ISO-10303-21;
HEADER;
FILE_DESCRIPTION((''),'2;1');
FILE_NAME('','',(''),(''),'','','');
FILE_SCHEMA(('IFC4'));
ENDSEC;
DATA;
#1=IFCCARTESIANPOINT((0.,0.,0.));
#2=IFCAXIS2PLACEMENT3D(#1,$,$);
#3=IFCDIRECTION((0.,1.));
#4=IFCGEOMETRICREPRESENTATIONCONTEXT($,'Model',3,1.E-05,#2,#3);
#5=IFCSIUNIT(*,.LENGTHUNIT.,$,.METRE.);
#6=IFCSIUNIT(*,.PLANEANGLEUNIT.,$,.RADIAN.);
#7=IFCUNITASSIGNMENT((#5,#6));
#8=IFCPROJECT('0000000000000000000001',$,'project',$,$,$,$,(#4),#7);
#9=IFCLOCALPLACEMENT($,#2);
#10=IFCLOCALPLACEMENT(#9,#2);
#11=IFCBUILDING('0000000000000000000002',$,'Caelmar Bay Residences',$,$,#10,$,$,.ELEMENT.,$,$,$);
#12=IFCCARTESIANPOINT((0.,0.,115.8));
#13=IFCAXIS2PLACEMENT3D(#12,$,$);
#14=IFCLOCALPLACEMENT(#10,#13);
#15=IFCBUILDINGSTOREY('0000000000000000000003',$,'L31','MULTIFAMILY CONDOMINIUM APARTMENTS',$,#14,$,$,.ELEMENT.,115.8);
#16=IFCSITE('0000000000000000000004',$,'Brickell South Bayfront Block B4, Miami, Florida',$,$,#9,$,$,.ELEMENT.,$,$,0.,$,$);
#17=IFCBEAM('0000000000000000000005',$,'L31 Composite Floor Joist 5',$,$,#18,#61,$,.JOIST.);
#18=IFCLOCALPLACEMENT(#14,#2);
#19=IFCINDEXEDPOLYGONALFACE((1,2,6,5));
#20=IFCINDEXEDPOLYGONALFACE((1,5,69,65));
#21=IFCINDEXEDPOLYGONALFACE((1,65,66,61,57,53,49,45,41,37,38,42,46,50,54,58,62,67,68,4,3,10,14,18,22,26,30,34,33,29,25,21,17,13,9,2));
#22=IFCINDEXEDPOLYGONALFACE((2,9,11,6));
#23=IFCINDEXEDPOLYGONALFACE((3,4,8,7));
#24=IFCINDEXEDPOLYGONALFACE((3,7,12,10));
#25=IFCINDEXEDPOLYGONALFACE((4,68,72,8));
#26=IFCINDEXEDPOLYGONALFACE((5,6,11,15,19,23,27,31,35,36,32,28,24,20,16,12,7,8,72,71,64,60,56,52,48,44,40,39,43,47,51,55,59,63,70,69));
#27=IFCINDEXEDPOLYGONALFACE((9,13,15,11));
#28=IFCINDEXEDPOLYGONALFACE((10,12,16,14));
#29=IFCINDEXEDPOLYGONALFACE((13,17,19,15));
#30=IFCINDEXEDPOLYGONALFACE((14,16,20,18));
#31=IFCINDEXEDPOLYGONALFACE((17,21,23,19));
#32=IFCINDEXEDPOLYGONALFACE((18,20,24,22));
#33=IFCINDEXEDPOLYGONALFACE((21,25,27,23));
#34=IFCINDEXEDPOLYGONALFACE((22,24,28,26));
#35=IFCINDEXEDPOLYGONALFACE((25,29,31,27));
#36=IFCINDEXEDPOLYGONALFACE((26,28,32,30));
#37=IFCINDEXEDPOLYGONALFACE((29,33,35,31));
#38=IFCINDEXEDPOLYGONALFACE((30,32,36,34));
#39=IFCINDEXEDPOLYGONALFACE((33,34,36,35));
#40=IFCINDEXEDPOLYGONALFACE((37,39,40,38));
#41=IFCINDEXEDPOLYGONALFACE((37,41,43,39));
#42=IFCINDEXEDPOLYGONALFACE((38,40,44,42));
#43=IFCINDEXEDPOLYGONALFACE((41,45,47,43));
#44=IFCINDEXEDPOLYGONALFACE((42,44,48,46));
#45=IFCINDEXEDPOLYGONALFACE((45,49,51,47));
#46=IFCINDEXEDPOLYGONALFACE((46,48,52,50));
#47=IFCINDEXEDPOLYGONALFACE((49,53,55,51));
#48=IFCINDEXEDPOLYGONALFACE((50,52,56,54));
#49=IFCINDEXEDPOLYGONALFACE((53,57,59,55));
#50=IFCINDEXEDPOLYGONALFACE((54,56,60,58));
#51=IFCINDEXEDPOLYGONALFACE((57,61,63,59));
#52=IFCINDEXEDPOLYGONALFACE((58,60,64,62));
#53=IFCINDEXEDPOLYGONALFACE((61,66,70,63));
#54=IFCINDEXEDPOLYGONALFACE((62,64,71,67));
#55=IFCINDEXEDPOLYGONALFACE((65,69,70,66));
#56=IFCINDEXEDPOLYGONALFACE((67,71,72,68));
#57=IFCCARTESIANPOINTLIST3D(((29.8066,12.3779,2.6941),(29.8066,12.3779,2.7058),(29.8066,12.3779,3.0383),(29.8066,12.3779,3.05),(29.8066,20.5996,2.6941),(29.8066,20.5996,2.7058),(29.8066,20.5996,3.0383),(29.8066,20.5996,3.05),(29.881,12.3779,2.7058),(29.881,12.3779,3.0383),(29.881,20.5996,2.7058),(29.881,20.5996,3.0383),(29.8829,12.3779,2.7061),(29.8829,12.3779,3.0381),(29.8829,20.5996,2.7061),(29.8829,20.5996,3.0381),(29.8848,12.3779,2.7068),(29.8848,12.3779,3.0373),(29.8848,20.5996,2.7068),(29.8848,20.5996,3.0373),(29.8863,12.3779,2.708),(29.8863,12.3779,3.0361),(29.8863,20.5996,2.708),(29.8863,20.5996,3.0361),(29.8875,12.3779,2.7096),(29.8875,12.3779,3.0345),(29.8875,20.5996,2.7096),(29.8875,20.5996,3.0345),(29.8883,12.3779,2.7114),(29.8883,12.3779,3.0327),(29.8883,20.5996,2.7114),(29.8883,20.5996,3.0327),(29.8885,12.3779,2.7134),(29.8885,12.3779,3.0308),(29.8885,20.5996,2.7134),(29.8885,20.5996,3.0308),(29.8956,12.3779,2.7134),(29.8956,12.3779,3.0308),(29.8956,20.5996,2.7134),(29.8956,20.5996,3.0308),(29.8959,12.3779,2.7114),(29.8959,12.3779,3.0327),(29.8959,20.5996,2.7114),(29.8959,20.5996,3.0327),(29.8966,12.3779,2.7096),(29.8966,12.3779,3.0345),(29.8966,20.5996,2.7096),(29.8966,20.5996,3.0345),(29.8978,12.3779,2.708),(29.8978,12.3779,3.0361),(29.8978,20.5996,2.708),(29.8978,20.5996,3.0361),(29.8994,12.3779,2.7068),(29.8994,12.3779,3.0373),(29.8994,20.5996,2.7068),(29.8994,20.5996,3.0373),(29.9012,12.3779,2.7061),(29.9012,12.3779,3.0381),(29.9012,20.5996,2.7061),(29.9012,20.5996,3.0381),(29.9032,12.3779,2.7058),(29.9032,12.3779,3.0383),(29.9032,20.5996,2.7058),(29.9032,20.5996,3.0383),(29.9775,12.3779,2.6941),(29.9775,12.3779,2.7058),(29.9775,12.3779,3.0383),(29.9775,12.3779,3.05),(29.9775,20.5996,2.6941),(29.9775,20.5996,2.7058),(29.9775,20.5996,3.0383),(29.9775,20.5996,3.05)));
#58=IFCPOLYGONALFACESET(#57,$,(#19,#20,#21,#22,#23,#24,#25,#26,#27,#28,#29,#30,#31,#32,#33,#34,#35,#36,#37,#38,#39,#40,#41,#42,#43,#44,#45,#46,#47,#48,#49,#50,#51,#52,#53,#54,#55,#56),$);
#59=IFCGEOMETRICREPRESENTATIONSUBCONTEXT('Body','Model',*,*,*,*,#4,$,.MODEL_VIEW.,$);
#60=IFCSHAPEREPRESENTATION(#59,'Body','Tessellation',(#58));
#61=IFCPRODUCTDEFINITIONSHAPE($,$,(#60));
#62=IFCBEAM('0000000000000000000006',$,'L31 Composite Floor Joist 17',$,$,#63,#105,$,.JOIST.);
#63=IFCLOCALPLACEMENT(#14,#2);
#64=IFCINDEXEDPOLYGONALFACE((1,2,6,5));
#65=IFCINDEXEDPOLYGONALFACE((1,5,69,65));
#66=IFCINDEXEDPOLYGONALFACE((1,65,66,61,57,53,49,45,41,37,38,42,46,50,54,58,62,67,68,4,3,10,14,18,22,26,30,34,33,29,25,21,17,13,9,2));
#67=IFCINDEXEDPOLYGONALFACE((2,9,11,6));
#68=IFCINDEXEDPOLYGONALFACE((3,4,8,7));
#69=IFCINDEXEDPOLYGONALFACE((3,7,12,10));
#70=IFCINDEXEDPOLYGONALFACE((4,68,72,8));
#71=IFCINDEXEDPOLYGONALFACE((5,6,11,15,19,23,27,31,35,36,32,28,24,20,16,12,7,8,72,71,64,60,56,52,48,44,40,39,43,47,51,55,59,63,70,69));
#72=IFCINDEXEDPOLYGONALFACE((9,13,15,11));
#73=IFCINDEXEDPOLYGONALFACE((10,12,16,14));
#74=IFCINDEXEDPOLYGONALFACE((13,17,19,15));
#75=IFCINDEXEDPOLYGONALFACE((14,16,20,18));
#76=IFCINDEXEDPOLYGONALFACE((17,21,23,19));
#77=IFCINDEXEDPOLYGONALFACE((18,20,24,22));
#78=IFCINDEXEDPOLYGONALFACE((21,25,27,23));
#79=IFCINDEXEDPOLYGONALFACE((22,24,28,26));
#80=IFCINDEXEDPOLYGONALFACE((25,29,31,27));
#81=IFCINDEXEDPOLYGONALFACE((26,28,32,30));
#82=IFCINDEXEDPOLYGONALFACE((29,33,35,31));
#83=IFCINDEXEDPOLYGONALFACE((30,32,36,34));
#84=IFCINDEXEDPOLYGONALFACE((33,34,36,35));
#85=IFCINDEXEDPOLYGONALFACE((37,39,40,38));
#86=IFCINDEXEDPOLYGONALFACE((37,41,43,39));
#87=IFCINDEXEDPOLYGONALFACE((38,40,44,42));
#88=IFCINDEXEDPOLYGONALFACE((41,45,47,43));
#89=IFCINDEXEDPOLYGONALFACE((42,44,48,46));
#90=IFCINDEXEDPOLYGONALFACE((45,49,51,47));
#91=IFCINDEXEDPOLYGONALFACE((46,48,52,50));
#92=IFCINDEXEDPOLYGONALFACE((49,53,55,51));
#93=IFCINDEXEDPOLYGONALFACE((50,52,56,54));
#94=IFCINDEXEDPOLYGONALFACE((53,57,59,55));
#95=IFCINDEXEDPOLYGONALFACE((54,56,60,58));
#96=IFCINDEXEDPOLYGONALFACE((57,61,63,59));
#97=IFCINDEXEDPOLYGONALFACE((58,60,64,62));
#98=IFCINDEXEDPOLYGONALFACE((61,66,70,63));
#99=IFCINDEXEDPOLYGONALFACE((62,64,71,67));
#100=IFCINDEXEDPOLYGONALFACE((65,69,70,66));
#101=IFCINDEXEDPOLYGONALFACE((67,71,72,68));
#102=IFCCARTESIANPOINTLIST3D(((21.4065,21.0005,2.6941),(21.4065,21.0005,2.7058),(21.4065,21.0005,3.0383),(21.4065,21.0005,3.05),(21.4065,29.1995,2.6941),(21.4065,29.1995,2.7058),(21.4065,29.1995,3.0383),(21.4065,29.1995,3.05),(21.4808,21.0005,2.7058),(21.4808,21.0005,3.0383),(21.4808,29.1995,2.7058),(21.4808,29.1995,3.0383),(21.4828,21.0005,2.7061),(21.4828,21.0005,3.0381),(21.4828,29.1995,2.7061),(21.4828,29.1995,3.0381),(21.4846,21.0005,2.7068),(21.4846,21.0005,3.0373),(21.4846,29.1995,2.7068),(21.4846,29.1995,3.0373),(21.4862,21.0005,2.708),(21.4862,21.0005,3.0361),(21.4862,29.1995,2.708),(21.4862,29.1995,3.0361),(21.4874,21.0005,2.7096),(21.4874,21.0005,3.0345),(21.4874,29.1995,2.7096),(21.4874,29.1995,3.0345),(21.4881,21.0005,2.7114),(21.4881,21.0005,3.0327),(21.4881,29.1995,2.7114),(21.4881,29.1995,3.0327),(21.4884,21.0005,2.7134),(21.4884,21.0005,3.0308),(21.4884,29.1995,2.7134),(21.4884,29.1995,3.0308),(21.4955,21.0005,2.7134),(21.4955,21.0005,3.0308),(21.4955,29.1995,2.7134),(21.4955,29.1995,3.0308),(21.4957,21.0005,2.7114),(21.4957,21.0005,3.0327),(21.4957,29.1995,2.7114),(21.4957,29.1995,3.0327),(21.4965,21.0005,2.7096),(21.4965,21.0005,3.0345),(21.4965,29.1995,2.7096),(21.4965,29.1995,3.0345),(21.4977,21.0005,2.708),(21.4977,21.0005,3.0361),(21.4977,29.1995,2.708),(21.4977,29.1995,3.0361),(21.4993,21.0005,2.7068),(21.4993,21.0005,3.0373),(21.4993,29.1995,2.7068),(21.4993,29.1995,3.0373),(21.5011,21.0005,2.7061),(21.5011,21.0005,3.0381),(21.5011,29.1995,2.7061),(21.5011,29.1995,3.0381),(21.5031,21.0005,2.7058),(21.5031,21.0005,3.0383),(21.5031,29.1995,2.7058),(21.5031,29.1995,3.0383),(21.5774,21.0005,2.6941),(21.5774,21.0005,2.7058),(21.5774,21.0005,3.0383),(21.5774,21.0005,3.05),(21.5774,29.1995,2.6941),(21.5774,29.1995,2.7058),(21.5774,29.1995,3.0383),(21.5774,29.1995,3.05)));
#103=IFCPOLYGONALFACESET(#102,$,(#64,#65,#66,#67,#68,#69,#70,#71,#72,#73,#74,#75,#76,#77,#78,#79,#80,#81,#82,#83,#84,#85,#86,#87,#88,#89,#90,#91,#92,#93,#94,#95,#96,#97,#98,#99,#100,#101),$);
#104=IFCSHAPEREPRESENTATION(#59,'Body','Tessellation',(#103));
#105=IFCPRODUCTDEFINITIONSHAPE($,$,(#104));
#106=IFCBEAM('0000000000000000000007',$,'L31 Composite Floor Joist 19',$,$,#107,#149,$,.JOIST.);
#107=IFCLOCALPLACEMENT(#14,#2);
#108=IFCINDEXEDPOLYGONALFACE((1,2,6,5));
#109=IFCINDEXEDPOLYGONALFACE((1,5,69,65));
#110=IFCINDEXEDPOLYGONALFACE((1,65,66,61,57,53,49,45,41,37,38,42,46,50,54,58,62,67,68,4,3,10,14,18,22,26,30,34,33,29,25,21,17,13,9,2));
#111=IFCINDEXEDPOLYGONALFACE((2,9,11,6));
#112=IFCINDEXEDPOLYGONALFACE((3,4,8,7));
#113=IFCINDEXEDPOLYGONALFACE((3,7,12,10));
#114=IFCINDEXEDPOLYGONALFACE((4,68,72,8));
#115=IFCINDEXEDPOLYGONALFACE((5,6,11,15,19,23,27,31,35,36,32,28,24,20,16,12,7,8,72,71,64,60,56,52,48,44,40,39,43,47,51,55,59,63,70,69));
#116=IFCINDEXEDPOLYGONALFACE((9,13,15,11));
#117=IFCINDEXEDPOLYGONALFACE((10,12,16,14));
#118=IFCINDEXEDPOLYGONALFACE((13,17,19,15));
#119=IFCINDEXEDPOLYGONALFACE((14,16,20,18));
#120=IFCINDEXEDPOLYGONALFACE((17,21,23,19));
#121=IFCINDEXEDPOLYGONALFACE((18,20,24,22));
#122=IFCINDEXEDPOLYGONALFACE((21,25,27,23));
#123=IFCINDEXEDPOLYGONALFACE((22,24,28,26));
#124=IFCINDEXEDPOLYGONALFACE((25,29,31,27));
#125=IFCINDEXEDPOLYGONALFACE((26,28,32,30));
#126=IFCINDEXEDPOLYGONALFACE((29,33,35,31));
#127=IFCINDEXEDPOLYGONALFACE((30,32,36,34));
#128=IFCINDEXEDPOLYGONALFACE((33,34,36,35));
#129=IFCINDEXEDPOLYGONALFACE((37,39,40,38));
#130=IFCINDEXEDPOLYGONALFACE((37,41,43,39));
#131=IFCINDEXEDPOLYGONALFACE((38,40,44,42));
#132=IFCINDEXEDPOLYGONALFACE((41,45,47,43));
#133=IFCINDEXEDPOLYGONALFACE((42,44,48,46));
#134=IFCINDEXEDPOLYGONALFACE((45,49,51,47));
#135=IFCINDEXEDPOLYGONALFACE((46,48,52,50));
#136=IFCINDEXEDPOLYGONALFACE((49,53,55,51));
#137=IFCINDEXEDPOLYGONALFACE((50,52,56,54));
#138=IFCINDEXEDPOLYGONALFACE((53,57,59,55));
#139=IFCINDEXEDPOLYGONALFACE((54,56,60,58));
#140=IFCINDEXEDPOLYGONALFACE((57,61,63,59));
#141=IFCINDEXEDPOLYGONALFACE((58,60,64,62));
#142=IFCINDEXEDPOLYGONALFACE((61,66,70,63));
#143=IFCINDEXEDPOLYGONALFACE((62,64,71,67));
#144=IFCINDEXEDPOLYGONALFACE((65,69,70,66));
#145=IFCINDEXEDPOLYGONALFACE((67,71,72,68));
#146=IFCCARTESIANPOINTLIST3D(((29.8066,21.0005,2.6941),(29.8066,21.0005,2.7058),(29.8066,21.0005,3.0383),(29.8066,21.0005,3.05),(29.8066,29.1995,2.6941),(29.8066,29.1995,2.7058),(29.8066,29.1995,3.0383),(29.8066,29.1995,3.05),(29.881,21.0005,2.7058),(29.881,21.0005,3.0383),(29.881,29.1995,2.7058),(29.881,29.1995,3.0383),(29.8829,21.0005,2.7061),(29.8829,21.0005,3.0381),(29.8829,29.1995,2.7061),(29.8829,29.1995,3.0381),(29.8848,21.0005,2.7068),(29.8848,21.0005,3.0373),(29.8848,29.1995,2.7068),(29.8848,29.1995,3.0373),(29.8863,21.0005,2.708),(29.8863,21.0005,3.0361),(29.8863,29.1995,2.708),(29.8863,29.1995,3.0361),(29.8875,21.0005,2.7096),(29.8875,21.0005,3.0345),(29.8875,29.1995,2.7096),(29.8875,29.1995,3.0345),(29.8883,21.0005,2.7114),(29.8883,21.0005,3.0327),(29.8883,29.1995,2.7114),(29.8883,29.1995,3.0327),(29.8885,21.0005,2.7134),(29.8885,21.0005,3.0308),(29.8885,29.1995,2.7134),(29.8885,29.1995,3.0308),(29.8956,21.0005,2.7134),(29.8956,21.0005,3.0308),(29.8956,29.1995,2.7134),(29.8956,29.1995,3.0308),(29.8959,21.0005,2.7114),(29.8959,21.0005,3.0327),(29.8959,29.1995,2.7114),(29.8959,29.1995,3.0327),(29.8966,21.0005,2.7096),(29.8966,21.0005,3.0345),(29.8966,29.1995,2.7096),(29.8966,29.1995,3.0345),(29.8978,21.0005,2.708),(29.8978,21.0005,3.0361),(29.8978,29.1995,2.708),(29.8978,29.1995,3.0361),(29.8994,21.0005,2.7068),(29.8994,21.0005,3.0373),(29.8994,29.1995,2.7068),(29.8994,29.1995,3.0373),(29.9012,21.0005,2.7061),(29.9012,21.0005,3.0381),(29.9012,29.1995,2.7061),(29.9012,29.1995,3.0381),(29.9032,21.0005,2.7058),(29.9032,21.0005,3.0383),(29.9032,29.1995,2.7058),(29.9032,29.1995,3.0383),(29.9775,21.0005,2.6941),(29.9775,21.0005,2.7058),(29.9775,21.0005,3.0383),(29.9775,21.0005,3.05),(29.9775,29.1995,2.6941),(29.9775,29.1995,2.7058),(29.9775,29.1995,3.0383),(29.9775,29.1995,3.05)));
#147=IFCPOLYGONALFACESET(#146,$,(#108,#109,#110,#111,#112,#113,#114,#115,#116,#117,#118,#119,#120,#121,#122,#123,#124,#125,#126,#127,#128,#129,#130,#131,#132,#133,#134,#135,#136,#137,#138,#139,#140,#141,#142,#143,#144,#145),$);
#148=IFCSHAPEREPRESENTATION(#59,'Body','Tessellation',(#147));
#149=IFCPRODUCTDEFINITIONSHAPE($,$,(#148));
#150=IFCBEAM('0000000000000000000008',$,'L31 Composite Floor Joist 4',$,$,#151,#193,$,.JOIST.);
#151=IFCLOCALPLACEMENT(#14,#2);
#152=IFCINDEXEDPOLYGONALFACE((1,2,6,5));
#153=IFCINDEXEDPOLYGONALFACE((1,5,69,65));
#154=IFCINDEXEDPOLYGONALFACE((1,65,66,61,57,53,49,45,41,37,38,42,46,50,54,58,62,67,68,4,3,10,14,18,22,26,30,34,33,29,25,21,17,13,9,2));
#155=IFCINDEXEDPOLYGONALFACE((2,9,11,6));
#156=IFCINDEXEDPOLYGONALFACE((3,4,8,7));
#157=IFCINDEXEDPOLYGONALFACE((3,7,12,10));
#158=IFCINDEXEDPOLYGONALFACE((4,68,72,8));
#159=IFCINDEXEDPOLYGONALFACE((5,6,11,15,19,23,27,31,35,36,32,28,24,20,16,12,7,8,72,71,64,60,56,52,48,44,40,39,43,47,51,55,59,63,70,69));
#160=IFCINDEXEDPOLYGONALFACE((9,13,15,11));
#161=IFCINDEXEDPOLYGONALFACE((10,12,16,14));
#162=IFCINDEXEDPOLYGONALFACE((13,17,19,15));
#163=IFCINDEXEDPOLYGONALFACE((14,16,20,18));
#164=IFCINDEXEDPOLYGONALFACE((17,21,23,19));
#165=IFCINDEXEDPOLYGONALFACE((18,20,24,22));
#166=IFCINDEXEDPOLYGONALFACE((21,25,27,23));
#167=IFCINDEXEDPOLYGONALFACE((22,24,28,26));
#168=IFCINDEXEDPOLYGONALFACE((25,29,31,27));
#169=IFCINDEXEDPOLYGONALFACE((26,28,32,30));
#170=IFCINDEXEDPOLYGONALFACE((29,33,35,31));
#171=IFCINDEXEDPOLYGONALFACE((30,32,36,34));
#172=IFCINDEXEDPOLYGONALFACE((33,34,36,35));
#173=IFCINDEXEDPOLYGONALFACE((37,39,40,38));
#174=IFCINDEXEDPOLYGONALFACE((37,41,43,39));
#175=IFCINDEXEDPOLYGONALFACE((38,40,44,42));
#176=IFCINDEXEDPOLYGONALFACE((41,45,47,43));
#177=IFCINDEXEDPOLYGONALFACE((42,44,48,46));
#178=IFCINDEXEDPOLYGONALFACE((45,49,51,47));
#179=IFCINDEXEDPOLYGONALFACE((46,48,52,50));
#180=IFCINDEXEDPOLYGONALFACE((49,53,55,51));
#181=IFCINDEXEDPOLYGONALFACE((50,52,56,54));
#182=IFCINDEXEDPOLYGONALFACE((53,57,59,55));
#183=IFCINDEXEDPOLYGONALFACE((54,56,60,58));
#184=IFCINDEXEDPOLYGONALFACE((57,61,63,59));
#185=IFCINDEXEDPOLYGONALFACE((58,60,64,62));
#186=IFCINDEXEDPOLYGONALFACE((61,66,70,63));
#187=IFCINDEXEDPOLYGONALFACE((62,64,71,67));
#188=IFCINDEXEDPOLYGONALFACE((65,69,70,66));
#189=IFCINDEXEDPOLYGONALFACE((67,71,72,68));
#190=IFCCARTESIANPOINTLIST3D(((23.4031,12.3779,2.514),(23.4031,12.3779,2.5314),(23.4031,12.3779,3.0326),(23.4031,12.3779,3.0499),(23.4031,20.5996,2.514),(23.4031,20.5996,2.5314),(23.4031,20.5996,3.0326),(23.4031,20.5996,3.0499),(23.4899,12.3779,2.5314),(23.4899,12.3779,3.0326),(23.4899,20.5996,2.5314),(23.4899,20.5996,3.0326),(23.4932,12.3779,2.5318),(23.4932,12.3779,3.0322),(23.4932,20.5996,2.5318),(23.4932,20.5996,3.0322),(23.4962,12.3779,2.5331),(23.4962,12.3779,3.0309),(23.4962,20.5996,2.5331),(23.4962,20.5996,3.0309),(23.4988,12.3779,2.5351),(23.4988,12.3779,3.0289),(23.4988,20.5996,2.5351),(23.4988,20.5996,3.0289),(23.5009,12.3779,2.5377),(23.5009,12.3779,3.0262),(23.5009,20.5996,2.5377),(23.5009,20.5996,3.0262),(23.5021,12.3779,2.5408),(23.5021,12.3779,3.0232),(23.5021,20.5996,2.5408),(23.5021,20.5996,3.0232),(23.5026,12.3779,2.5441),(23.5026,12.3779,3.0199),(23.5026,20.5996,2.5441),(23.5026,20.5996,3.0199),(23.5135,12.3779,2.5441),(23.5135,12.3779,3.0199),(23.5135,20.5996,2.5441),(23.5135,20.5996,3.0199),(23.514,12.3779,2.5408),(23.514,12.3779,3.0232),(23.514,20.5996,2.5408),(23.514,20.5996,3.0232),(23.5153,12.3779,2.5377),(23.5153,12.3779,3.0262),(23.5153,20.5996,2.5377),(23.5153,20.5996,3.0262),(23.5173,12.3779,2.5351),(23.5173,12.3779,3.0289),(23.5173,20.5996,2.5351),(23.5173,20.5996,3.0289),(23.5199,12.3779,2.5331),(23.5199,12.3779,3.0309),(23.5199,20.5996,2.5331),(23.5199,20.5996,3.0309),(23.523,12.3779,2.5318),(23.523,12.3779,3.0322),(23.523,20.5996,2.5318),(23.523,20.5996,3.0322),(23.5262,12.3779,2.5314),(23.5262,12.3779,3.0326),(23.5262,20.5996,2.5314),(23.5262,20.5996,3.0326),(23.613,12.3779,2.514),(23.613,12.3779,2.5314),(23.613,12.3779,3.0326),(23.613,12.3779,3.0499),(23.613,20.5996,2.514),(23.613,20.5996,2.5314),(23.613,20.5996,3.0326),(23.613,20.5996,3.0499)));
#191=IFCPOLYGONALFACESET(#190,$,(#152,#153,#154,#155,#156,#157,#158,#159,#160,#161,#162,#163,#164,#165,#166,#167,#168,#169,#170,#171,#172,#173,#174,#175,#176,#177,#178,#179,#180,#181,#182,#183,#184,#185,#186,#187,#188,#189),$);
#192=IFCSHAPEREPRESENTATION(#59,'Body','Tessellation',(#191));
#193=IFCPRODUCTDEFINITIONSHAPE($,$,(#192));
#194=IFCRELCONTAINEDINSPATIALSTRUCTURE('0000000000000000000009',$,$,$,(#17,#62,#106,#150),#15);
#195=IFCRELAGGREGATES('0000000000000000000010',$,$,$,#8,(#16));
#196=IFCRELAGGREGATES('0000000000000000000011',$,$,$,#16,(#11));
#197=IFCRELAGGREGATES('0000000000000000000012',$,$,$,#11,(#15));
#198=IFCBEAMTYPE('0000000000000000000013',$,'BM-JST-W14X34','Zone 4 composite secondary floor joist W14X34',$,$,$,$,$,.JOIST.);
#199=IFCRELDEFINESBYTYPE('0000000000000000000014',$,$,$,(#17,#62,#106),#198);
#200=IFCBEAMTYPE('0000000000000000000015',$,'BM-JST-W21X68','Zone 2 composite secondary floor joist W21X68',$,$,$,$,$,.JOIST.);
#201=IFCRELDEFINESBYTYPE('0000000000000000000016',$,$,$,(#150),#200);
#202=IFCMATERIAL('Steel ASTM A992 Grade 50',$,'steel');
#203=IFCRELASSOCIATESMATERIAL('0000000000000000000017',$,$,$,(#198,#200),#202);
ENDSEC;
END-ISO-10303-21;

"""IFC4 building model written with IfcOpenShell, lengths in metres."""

from ifc_helpers import new_model, si_unit, direction, frame, origin, origin_2d, place, context, subcontext, project, spatial, i_section, extrude, material, material_profile, profile_set, type_object, element, save


model = new_model("IFC4")

# Units and contexts
model_context = context("Model", 3, precision=1e-05, world=origin(), true_north=direction((0.0, 1.0)))
body_context = subcontext(model_context, "Body", "Model", "MODEL_VIEW")
ifc_project = project(units=[si_unit("LENGTHUNIT", "METRE"), si_unit("PLANEANGLEUNIT", "RADIAN")], contexts=[model_context])

# Site, building, storey
site_placement = place(None, origin())
site = spatial("IfcSite", under=ifc_project, at=site_placement, Name="Brickell South Bayfront Block B4, Miami, Florida", CompositionType="ELEMENT", RefElevation=0.0)
building_placement = place(site_placement, origin())
building = spatial("IfcBuilding", under=site, at=building_placement, Name="Caelmar Bay Residences", CompositionType="ELEMENT")
storey_placement = place(building_placement, frame((0.0, 0.0, 115.8)))
storey = spatial("IfcBuildingStorey", under=building, at=storey_placement, Name="L31", Description="MULTIFAMILY CONDOMINIUM APARTMENTS", CompositionType="ELEMENT", Elevation=115.8)

# Beams
ifc_material_1 = material(Name="Steel ASTM A992 Grade 50", Category="steel")
ifc_material_profile_1 = material_profile(ifc_material_1, i_section(OverallWidth=0.1709, OverallDepth=0.356, WebThickness=0.0071, FlangeThickness=0.0117, FilletRadius=0.0076, at=origin_2d()), Name="W14X34")
ifc_profile_set_1 = profile_set([ifc_material_profile_1], Name="Steel ASTM A992 Grade 50")
beam_type_1 = type_object("IfcBeamType", Name="BM-JST-W14X34", Description="Zone 4 composite secondary floor joist W14X34", PredefinedType="JOIST", material=ifc_profile_set_1)
for number, where, z_axis, x_axis, name in (
    (1, (29.8921, 12.3779, 2.8721), (0.0, 1.0, 0.0), (-1.0, 0.0, 0.0), "L31 Composite Floor Joist 5"),
):
    element("IfcBeam", number, at=place(storey_placement, frame(where, z_axis=z_axis, x_axis=x_axis)), inside=storey, type_object=beam_type_1, Name=name, PredefinedType="JOIST", context=body_context, shape_type="SweptSolid", body=[
        extrude(i_section(OverallWidth=0.1709, OverallDepth=0.356, WebThickness=0.0071, FlangeThickness=0.0117, FilletRadius=0.0076, at=origin_2d()), origin(), (0.0, 0.0, 1.0), 8.2217),
    ])
for number, where, z_axis, x_axis, name in (
    (2, (21.4919, 21.0005, 2.8721), (0.0, 1.0, 0.0), (-1.0, 0.0, 0.0), "L31 Composite Floor Joist 17"),
    (3, (29.8921, 21.0005, 2.8721), (0.0, 1.0, 0.0), (-1.0, 0.0, 0.0), "L31 Composite Floor Joist 19"),
):
    element("IfcBeam", number, at=place(storey_placement, frame(where, z_axis=z_axis, x_axis=x_axis)), inside=storey, type_object=beam_type_1, Name=name, PredefinedType="JOIST", context=body_context, shape_type="SweptSolid", body=[
        extrude(i_section(OverallWidth=0.1709, OverallDepth=0.356, WebThickness=0.0071, FlangeThickness=0.0117, FilletRadius=0.0076, at=origin_2d()), origin(), (0.0, 0.0, 1.0), 8.199),
    ])
ifc_material_profile_2 = material_profile(ifc_material_1, i_section(OverallWidth=0.21, OverallDepth=0.5359, WebThickness=0.011, FlangeThickness=0.0173, FilletRadius=0.0127, at=origin_2d()), Name="W21X68")
ifc_profile_set_2 = profile_set([ifc_material_profile_2], Name="Steel ASTM A992 Grade 50")
beam_type_2 = type_object("IfcBeamType", Name="BM-JST-W21X68", Description="Zone 2 composite secondary floor joist W21X68", PredefinedType="JOIST", material=ifc_profile_set_2)
for number, where, z_axis, x_axis, name in (
    (4, (23.5081, 12.3779, 2.782), (0.0, 1.0, 0.0), (-1.0, 0.0, 0.0), "L31 Composite Floor Joist 4"),
):
    element("IfcBeam", number, at=place(storey_placement, frame(where, z_axis=z_axis, x_axis=x_axis)), inside=storey, type_object=beam_type_2, Name=name, PredefinedType="JOIST", context=body_context, shape_type="SweptSolid", body=[
        extrude(i_section(OverallWidth=0.21, OverallDepth=0.5359, WebThickness=0.011, FlangeThickness=0.0173, FilletRadius=0.0127, at=origin_2d()), origin(), (0.0, 0.0, 1.0), 8.2217),
    ])

save(model, "model.ifc")
